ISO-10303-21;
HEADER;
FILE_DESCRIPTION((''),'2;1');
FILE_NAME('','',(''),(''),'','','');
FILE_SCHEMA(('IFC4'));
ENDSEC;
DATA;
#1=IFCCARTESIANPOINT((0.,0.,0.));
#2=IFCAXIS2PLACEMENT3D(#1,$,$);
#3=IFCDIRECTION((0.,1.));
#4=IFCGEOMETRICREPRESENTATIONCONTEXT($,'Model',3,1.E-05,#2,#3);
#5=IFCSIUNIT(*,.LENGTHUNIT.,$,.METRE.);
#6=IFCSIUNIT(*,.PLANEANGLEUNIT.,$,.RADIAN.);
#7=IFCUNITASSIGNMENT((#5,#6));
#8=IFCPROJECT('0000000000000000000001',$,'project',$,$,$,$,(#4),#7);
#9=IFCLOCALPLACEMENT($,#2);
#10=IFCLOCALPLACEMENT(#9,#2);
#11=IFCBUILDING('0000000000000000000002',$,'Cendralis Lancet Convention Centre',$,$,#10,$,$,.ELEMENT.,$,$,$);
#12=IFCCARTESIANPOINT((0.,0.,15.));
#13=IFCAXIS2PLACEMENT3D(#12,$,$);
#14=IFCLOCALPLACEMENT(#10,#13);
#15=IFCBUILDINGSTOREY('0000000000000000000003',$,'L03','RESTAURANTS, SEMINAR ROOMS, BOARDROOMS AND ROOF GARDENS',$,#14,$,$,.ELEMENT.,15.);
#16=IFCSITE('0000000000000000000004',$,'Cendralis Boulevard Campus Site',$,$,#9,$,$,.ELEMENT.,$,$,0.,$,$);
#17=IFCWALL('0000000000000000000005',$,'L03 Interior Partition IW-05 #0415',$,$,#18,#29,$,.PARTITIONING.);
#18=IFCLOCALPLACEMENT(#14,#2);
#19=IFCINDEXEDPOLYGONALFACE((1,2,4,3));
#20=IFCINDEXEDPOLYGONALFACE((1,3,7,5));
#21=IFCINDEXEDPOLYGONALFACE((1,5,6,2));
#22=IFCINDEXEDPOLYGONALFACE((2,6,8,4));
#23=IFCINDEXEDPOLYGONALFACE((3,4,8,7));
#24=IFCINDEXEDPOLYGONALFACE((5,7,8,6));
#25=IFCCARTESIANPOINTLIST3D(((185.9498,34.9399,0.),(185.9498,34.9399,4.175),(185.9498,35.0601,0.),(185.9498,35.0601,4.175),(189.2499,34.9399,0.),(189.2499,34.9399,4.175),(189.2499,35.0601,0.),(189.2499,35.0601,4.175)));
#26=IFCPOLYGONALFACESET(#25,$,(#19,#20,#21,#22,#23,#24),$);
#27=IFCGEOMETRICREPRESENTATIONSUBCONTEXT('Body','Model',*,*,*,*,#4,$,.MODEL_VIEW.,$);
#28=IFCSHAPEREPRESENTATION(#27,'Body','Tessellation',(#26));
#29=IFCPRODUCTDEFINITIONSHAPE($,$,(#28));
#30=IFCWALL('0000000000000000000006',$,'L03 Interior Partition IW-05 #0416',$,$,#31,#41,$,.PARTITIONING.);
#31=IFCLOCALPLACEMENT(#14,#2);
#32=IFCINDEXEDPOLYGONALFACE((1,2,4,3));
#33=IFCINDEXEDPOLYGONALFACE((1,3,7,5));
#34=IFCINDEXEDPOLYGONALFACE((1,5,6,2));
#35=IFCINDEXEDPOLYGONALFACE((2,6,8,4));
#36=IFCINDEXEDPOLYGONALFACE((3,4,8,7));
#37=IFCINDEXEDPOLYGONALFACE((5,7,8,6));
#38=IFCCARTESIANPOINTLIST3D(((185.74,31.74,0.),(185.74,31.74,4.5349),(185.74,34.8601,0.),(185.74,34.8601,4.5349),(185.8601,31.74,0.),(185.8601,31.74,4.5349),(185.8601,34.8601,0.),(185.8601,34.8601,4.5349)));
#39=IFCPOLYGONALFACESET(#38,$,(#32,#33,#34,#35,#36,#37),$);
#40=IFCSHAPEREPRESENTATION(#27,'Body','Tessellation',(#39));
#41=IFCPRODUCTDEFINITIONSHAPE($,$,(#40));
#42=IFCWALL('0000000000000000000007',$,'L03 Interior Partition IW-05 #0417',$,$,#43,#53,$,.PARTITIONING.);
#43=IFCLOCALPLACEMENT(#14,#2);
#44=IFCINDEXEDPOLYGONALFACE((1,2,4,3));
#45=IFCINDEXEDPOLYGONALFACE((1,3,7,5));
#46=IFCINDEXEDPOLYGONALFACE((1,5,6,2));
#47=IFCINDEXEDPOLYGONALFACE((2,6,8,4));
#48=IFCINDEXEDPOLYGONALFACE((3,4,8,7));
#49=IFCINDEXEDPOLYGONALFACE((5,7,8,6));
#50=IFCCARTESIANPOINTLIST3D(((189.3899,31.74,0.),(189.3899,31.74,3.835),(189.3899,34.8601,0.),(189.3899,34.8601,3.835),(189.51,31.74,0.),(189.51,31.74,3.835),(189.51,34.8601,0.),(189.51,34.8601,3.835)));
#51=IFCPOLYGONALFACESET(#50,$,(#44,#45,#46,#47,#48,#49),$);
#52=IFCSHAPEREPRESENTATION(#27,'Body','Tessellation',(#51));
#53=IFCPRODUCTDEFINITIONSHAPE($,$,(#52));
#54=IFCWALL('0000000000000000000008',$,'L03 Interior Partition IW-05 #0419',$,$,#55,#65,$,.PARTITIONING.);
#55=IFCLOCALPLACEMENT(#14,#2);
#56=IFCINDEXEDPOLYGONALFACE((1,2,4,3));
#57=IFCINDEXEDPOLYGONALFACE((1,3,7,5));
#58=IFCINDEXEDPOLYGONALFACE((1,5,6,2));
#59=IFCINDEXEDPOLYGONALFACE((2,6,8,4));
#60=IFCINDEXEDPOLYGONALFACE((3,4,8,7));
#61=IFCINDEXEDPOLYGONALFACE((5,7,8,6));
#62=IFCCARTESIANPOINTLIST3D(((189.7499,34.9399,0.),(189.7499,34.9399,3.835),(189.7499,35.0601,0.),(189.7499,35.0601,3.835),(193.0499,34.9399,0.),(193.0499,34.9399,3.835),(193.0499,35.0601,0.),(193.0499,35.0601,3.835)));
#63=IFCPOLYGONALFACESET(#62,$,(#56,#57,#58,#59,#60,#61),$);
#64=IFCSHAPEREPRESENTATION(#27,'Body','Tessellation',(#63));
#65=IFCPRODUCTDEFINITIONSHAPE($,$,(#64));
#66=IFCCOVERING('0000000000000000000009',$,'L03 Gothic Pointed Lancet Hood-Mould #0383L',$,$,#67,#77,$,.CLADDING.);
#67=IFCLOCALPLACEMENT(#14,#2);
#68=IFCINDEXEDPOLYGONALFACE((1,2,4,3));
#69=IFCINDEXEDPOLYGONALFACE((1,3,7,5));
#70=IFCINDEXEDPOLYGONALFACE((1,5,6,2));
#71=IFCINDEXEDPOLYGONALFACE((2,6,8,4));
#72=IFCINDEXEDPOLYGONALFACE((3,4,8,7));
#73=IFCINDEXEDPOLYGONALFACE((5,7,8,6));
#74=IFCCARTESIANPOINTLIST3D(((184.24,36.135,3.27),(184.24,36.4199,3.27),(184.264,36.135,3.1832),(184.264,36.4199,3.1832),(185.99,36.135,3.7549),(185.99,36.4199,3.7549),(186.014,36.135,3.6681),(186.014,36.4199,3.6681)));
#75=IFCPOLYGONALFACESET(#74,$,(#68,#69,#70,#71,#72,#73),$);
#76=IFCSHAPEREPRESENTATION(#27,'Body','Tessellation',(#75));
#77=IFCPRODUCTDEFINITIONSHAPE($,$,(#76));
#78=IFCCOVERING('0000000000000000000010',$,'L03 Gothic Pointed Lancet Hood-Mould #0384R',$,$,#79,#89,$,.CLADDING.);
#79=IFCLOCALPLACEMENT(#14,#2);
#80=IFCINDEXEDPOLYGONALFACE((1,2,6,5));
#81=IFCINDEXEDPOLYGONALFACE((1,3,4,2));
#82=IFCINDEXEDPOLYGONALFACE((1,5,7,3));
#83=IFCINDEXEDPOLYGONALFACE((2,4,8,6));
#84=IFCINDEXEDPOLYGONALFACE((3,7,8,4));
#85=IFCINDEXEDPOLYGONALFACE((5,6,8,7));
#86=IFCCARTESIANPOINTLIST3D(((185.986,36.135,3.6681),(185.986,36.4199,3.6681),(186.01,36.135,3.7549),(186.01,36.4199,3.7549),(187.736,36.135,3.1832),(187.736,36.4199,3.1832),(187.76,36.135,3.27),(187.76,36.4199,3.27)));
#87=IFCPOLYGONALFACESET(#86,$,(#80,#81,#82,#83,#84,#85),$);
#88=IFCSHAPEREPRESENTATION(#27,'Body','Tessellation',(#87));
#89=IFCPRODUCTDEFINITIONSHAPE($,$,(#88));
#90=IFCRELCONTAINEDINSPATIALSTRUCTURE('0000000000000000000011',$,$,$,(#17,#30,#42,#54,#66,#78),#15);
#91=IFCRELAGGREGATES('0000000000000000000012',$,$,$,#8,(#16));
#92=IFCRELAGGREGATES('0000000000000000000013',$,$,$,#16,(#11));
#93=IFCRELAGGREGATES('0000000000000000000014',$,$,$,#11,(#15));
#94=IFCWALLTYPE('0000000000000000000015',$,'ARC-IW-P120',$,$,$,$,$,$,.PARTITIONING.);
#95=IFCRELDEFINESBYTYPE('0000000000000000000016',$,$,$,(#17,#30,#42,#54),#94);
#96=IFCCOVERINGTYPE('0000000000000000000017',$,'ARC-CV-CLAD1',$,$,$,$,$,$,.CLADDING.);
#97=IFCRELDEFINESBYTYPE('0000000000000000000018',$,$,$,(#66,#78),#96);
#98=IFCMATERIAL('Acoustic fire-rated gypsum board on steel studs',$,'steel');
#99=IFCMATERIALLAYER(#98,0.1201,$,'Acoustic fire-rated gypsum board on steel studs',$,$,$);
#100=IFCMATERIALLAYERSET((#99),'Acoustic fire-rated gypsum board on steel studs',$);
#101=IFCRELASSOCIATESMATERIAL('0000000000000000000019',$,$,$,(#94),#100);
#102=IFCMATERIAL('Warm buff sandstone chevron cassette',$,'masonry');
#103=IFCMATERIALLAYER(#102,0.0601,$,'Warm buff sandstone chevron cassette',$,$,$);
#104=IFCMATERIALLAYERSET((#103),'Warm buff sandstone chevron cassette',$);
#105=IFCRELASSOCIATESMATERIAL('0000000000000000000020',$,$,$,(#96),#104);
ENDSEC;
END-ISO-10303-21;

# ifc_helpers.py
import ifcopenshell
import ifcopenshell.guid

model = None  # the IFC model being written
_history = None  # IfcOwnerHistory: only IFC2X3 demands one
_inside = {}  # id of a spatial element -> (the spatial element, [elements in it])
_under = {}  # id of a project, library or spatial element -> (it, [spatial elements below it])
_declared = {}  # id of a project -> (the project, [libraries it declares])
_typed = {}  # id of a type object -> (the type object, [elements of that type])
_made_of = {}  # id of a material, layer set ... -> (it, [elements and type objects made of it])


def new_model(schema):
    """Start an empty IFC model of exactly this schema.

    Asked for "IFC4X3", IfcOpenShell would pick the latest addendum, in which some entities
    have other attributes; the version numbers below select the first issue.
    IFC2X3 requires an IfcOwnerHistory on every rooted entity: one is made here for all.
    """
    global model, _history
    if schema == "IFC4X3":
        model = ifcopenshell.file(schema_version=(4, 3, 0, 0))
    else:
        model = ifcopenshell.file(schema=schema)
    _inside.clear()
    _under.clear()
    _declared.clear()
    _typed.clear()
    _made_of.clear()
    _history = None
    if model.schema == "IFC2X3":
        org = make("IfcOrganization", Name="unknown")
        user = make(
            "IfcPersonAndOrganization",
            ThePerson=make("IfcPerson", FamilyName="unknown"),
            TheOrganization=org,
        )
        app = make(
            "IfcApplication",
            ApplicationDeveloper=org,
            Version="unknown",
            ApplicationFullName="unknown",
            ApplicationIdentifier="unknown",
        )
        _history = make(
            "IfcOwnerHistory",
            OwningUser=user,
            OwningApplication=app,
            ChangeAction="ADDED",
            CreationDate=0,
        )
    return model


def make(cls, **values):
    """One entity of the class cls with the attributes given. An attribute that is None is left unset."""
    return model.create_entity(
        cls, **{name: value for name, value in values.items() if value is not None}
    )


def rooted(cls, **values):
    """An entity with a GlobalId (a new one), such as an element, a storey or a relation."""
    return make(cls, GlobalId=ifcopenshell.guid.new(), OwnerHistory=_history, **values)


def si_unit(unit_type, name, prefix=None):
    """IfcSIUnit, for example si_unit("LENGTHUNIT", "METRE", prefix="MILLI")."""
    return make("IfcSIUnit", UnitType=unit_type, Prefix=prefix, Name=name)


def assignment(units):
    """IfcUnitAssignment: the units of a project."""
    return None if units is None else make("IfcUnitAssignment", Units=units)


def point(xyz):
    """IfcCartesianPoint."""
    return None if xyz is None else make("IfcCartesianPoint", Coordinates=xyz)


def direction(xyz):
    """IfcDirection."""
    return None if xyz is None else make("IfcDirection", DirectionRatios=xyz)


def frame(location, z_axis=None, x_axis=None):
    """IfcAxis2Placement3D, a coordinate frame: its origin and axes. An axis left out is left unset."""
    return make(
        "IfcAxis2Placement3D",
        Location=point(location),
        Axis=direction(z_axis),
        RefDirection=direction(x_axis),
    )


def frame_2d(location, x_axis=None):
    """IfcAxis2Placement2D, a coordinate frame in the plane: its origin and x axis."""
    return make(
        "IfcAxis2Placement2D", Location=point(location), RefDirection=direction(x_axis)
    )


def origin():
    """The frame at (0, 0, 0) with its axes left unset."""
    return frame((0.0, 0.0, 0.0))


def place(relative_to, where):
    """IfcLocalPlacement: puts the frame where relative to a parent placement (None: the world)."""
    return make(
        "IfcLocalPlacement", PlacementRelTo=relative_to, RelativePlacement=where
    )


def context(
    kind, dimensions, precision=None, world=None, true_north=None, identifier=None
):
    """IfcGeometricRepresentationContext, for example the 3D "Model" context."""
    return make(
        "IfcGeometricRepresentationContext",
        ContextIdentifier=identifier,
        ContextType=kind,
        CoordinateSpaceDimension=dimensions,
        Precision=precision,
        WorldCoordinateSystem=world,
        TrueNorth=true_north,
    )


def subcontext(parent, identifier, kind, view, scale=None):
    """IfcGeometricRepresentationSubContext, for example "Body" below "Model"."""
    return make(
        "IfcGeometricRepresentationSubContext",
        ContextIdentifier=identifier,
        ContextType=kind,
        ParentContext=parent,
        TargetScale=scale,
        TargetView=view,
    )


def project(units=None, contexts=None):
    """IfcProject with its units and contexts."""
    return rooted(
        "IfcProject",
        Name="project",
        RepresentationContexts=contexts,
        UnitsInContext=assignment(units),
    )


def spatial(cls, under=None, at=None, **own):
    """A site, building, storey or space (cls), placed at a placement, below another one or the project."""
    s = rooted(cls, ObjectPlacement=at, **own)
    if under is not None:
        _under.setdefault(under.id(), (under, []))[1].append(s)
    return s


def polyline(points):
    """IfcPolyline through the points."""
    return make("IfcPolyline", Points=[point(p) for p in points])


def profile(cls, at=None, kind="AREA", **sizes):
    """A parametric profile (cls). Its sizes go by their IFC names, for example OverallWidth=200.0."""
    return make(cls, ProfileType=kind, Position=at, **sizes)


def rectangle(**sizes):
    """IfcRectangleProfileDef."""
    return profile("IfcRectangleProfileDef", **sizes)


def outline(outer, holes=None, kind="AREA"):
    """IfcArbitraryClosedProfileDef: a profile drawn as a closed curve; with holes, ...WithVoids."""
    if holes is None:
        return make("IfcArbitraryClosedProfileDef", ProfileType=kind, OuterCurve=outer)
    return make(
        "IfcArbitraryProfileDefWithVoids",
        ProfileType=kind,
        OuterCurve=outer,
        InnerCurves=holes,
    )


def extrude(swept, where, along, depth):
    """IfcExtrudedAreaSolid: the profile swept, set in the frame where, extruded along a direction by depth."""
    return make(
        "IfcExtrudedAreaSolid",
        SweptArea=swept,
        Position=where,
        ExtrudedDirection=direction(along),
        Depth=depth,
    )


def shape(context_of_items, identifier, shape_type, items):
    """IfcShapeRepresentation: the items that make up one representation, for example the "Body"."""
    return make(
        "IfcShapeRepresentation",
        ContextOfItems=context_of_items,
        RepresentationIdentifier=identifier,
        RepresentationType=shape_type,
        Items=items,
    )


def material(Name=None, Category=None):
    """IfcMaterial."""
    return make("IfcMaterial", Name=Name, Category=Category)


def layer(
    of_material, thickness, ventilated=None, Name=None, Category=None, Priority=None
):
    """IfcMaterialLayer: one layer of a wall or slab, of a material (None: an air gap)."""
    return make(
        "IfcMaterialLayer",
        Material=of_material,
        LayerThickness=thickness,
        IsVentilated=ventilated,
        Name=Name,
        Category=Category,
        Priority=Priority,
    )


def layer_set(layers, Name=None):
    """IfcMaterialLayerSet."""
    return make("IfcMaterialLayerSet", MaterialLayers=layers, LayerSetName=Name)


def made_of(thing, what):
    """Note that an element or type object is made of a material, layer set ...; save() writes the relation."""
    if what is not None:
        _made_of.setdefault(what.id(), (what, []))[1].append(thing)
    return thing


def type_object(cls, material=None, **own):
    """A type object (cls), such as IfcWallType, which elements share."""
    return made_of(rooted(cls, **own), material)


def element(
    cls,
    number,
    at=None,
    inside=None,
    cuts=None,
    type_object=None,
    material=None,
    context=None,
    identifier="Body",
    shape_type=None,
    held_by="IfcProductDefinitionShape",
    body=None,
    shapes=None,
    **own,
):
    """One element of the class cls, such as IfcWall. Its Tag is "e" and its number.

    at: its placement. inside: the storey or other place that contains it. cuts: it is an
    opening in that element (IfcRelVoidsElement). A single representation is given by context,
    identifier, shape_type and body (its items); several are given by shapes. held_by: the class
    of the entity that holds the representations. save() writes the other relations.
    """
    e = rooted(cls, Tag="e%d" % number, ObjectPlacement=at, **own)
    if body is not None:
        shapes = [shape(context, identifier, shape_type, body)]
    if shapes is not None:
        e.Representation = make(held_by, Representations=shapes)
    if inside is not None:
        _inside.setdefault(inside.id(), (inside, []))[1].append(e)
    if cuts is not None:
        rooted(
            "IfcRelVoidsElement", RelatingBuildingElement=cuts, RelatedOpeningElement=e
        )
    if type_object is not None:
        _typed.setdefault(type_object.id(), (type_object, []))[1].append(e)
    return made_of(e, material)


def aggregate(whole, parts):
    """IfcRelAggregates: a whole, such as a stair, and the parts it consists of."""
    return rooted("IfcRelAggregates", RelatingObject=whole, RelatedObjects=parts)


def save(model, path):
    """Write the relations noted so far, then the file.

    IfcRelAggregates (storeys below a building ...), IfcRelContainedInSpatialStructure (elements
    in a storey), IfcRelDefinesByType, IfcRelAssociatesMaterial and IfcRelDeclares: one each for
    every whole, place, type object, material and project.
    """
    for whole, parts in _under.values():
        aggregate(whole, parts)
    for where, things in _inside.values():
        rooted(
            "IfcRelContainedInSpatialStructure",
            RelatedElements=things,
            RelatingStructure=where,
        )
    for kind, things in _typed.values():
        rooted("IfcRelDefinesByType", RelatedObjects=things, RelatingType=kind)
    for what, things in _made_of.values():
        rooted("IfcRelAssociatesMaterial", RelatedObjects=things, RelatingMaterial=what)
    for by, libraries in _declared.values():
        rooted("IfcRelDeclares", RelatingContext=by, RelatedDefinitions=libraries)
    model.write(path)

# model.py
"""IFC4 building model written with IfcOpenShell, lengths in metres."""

from ifc_helpers import new_model, si_unit, direction, frame, frame_2d, origin, place, context, subcontext, project, spatial, polyline, rectangle, outline, extrude, material, layer, layer_set, type_object, element, save


model = new_model("IFC4")

# Units and contexts
model_context = context("Model", 3, precision=1e-05, world=origin(), true_north=direction((0.0, 1.0)))
body_context = subcontext(model_context, "Body", "Model", "MODEL_VIEW")
ifc_project = project(units=[si_unit("LENGTHUNIT", "METRE"), si_unit("PLANEANGLEUNIT", "RADIAN")], contexts=[model_context])

# Site, building, storey
site_placement = place(None, origin())
site = spatial("IfcSite", under=ifc_project, at=site_placement, Name="Cendralis Boulevard Campus Site", CompositionType="ELEMENT", RefElevation=0.0)
building_placement = place(site_placement, origin())
building = spatial("IfcBuilding", under=site, at=building_placement, Name="Cendralis Lancet Convention Centre", CompositionType="ELEMENT")
storey_placement = place(building_placement, frame((0.0, 0.0, 15.0)))
storey = spatial("IfcBuildingStorey", under=building, at=storey_placement, Name="L03", Description="RESTAURANTS, SEMINAR ROOMS, BOARDROOMS AND ROOF GARDENS", CompositionType="ELEMENT", Elevation=15.0)

# Shared definitions
ifc_material_1 = material(Name="Acoustic fire-rated gypsum board on steel studs", Category="steel")
ifc_layer_1 = layer(ifc_material_1, 0.1201, Name="Acoustic fire-rated gypsum board on steel studs")
ifc_layer_set_1 = layer_set([ifc_layer_1], Name="Acoustic fire-rated gypsum board on steel studs")
wall_type_1 = type_object("IfcWallType", Name="ARC-IW-P120", PredefinedType="PARTITIONING", material=ifc_layer_set_1)

# Walls
wall_1_placement = place(storey_placement, frame((185.95, 35.0, 0.0), z_axis=(0.0, 0.0, 1.0), x_axis=(1.0, 0.0, 0.0)))
element("IfcWall", 1, at=wall_1_placement, inside=storey, type_object=wall_type_1, Name="L03 Interior Partition IW-05 #0415", PredefinedType="PARTITIONING", context=body_context, shape_type="SweptSolid", body=[
    extrude(rectangle(XDim=3.3, YDim=0.1201, at=frame_2d((1.6499, 0.0))), origin(), (0.0, 0.0, 1.0), 4.175),
])
wall_2_placement = place(storey_placement, frame((185.8, 31.74, 0.0), z_axis=(0.0, 0.0, 1.0), x_axis=(0.0, 1.0, 0.0)))
element("IfcWall", 2, at=wall_2_placement, inside=storey, type_object=wall_type_1, Name="L03 Interior Partition IW-05 #0416", PredefinedType="PARTITIONING", context=body_context, shape_type="SweptSolid", body=[
    extrude(rectangle(XDim=3.1201, YDim=0.1201, at=frame_2d((1.5601, 0.0))), origin(), (0.0, 0.0, 1.0), 4.5349),
])
wall_3_placement = place(storey_placement, frame((189.45, 31.74, 0.0), z_axis=(0.0, 0.0, 1.0), x_axis=(0.0, 1.0, 0.0)))
element("IfcWall", 3, at=wall_3_placement, inside=storey, type_object=wall_type_1, Name="L03 Interior Partition IW-05 #0417", PredefinedType="PARTITIONING", context=body_context, shape_type="SweptSolid", body=[
    extrude(rectangle(XDim=3.1201, YDim=0.1201, at=frame_2d((1.5601, 0.0))), origin(), (0.0, 0.0, 1.0), 3.835),
])

# Wall
wall_4_placement = place(storey_placement, frame((189.75, 35.0, 0.0), z_axis=(0.0, 0.0, 1.0), x_axis=(1.0, 0.0, 0.0)))
element("IfcWall", 4, at=wall_4_placement, inside=storey, type_object=wall_type_1, Name="L03 Interior Partition IW-05 #0419", PredefinedType="PARTITIONING", context=body_context, shape_type="SweptSolid", body=[
    extrude(rectangle(XDim=3.3, YDim=0.1201, at=frame_2d((1.6499, 0.0))), origin(), (0.0, 0.0, 1.0), 3.835),
])

# Coverings
ifc_material_2 = material(Name="Warm buff sandstone chevron cassette", Category="masonry")
ifc_layer_2 = layer(ifc_material_2, 0.0601, Name="Warm buff sandstone chevron cassette")
ifc_layer_set_2 = layer_set([ifc_layer_2], Name="Warm buff sandstone chevron cassette")
covering_type = type_object("IfcCoveringType", Name="ARC-CV-CLAD1", PredefinedType="CLADDING", material=ifc_layer_set_2)
for number, where, z_axis, x_axis, name in (
    (5, (184.24, 36.4199, 3.27), (-0.267006, 0.0, 0.963695), (0.0, -1.0, 0.0), "L03 Gothic Pointed Lancet Hood-Mould #0383L"),
    (6, (186.01, 36.4199, 3.7549), (0.267006, 0.0, 0.963695), (0.0, -1.0, 0.0), "L03 Gothic Pointed Lancet Hood-Mould #0384R"),
):
    element("IfcCovering", number, at=place(storey_placement, frame(where, z_axis=z_axis, x_axis=x_axis)), inside=storey, type_object=covering_type, Name=name, PredefinedType="CLADDING", context=body_context, shape_type="SweptSolid", body=[
        extrude(outline(polyline([(0.0, 0.0), (0.2849, 0.0), (0.2849, 1.8159), (0.0, 1.8159), (0.0, 0.0)])), origin(), (0.0, 0.0, -1.0), 0.0901),
    ])

save(model, "model.ifc")
